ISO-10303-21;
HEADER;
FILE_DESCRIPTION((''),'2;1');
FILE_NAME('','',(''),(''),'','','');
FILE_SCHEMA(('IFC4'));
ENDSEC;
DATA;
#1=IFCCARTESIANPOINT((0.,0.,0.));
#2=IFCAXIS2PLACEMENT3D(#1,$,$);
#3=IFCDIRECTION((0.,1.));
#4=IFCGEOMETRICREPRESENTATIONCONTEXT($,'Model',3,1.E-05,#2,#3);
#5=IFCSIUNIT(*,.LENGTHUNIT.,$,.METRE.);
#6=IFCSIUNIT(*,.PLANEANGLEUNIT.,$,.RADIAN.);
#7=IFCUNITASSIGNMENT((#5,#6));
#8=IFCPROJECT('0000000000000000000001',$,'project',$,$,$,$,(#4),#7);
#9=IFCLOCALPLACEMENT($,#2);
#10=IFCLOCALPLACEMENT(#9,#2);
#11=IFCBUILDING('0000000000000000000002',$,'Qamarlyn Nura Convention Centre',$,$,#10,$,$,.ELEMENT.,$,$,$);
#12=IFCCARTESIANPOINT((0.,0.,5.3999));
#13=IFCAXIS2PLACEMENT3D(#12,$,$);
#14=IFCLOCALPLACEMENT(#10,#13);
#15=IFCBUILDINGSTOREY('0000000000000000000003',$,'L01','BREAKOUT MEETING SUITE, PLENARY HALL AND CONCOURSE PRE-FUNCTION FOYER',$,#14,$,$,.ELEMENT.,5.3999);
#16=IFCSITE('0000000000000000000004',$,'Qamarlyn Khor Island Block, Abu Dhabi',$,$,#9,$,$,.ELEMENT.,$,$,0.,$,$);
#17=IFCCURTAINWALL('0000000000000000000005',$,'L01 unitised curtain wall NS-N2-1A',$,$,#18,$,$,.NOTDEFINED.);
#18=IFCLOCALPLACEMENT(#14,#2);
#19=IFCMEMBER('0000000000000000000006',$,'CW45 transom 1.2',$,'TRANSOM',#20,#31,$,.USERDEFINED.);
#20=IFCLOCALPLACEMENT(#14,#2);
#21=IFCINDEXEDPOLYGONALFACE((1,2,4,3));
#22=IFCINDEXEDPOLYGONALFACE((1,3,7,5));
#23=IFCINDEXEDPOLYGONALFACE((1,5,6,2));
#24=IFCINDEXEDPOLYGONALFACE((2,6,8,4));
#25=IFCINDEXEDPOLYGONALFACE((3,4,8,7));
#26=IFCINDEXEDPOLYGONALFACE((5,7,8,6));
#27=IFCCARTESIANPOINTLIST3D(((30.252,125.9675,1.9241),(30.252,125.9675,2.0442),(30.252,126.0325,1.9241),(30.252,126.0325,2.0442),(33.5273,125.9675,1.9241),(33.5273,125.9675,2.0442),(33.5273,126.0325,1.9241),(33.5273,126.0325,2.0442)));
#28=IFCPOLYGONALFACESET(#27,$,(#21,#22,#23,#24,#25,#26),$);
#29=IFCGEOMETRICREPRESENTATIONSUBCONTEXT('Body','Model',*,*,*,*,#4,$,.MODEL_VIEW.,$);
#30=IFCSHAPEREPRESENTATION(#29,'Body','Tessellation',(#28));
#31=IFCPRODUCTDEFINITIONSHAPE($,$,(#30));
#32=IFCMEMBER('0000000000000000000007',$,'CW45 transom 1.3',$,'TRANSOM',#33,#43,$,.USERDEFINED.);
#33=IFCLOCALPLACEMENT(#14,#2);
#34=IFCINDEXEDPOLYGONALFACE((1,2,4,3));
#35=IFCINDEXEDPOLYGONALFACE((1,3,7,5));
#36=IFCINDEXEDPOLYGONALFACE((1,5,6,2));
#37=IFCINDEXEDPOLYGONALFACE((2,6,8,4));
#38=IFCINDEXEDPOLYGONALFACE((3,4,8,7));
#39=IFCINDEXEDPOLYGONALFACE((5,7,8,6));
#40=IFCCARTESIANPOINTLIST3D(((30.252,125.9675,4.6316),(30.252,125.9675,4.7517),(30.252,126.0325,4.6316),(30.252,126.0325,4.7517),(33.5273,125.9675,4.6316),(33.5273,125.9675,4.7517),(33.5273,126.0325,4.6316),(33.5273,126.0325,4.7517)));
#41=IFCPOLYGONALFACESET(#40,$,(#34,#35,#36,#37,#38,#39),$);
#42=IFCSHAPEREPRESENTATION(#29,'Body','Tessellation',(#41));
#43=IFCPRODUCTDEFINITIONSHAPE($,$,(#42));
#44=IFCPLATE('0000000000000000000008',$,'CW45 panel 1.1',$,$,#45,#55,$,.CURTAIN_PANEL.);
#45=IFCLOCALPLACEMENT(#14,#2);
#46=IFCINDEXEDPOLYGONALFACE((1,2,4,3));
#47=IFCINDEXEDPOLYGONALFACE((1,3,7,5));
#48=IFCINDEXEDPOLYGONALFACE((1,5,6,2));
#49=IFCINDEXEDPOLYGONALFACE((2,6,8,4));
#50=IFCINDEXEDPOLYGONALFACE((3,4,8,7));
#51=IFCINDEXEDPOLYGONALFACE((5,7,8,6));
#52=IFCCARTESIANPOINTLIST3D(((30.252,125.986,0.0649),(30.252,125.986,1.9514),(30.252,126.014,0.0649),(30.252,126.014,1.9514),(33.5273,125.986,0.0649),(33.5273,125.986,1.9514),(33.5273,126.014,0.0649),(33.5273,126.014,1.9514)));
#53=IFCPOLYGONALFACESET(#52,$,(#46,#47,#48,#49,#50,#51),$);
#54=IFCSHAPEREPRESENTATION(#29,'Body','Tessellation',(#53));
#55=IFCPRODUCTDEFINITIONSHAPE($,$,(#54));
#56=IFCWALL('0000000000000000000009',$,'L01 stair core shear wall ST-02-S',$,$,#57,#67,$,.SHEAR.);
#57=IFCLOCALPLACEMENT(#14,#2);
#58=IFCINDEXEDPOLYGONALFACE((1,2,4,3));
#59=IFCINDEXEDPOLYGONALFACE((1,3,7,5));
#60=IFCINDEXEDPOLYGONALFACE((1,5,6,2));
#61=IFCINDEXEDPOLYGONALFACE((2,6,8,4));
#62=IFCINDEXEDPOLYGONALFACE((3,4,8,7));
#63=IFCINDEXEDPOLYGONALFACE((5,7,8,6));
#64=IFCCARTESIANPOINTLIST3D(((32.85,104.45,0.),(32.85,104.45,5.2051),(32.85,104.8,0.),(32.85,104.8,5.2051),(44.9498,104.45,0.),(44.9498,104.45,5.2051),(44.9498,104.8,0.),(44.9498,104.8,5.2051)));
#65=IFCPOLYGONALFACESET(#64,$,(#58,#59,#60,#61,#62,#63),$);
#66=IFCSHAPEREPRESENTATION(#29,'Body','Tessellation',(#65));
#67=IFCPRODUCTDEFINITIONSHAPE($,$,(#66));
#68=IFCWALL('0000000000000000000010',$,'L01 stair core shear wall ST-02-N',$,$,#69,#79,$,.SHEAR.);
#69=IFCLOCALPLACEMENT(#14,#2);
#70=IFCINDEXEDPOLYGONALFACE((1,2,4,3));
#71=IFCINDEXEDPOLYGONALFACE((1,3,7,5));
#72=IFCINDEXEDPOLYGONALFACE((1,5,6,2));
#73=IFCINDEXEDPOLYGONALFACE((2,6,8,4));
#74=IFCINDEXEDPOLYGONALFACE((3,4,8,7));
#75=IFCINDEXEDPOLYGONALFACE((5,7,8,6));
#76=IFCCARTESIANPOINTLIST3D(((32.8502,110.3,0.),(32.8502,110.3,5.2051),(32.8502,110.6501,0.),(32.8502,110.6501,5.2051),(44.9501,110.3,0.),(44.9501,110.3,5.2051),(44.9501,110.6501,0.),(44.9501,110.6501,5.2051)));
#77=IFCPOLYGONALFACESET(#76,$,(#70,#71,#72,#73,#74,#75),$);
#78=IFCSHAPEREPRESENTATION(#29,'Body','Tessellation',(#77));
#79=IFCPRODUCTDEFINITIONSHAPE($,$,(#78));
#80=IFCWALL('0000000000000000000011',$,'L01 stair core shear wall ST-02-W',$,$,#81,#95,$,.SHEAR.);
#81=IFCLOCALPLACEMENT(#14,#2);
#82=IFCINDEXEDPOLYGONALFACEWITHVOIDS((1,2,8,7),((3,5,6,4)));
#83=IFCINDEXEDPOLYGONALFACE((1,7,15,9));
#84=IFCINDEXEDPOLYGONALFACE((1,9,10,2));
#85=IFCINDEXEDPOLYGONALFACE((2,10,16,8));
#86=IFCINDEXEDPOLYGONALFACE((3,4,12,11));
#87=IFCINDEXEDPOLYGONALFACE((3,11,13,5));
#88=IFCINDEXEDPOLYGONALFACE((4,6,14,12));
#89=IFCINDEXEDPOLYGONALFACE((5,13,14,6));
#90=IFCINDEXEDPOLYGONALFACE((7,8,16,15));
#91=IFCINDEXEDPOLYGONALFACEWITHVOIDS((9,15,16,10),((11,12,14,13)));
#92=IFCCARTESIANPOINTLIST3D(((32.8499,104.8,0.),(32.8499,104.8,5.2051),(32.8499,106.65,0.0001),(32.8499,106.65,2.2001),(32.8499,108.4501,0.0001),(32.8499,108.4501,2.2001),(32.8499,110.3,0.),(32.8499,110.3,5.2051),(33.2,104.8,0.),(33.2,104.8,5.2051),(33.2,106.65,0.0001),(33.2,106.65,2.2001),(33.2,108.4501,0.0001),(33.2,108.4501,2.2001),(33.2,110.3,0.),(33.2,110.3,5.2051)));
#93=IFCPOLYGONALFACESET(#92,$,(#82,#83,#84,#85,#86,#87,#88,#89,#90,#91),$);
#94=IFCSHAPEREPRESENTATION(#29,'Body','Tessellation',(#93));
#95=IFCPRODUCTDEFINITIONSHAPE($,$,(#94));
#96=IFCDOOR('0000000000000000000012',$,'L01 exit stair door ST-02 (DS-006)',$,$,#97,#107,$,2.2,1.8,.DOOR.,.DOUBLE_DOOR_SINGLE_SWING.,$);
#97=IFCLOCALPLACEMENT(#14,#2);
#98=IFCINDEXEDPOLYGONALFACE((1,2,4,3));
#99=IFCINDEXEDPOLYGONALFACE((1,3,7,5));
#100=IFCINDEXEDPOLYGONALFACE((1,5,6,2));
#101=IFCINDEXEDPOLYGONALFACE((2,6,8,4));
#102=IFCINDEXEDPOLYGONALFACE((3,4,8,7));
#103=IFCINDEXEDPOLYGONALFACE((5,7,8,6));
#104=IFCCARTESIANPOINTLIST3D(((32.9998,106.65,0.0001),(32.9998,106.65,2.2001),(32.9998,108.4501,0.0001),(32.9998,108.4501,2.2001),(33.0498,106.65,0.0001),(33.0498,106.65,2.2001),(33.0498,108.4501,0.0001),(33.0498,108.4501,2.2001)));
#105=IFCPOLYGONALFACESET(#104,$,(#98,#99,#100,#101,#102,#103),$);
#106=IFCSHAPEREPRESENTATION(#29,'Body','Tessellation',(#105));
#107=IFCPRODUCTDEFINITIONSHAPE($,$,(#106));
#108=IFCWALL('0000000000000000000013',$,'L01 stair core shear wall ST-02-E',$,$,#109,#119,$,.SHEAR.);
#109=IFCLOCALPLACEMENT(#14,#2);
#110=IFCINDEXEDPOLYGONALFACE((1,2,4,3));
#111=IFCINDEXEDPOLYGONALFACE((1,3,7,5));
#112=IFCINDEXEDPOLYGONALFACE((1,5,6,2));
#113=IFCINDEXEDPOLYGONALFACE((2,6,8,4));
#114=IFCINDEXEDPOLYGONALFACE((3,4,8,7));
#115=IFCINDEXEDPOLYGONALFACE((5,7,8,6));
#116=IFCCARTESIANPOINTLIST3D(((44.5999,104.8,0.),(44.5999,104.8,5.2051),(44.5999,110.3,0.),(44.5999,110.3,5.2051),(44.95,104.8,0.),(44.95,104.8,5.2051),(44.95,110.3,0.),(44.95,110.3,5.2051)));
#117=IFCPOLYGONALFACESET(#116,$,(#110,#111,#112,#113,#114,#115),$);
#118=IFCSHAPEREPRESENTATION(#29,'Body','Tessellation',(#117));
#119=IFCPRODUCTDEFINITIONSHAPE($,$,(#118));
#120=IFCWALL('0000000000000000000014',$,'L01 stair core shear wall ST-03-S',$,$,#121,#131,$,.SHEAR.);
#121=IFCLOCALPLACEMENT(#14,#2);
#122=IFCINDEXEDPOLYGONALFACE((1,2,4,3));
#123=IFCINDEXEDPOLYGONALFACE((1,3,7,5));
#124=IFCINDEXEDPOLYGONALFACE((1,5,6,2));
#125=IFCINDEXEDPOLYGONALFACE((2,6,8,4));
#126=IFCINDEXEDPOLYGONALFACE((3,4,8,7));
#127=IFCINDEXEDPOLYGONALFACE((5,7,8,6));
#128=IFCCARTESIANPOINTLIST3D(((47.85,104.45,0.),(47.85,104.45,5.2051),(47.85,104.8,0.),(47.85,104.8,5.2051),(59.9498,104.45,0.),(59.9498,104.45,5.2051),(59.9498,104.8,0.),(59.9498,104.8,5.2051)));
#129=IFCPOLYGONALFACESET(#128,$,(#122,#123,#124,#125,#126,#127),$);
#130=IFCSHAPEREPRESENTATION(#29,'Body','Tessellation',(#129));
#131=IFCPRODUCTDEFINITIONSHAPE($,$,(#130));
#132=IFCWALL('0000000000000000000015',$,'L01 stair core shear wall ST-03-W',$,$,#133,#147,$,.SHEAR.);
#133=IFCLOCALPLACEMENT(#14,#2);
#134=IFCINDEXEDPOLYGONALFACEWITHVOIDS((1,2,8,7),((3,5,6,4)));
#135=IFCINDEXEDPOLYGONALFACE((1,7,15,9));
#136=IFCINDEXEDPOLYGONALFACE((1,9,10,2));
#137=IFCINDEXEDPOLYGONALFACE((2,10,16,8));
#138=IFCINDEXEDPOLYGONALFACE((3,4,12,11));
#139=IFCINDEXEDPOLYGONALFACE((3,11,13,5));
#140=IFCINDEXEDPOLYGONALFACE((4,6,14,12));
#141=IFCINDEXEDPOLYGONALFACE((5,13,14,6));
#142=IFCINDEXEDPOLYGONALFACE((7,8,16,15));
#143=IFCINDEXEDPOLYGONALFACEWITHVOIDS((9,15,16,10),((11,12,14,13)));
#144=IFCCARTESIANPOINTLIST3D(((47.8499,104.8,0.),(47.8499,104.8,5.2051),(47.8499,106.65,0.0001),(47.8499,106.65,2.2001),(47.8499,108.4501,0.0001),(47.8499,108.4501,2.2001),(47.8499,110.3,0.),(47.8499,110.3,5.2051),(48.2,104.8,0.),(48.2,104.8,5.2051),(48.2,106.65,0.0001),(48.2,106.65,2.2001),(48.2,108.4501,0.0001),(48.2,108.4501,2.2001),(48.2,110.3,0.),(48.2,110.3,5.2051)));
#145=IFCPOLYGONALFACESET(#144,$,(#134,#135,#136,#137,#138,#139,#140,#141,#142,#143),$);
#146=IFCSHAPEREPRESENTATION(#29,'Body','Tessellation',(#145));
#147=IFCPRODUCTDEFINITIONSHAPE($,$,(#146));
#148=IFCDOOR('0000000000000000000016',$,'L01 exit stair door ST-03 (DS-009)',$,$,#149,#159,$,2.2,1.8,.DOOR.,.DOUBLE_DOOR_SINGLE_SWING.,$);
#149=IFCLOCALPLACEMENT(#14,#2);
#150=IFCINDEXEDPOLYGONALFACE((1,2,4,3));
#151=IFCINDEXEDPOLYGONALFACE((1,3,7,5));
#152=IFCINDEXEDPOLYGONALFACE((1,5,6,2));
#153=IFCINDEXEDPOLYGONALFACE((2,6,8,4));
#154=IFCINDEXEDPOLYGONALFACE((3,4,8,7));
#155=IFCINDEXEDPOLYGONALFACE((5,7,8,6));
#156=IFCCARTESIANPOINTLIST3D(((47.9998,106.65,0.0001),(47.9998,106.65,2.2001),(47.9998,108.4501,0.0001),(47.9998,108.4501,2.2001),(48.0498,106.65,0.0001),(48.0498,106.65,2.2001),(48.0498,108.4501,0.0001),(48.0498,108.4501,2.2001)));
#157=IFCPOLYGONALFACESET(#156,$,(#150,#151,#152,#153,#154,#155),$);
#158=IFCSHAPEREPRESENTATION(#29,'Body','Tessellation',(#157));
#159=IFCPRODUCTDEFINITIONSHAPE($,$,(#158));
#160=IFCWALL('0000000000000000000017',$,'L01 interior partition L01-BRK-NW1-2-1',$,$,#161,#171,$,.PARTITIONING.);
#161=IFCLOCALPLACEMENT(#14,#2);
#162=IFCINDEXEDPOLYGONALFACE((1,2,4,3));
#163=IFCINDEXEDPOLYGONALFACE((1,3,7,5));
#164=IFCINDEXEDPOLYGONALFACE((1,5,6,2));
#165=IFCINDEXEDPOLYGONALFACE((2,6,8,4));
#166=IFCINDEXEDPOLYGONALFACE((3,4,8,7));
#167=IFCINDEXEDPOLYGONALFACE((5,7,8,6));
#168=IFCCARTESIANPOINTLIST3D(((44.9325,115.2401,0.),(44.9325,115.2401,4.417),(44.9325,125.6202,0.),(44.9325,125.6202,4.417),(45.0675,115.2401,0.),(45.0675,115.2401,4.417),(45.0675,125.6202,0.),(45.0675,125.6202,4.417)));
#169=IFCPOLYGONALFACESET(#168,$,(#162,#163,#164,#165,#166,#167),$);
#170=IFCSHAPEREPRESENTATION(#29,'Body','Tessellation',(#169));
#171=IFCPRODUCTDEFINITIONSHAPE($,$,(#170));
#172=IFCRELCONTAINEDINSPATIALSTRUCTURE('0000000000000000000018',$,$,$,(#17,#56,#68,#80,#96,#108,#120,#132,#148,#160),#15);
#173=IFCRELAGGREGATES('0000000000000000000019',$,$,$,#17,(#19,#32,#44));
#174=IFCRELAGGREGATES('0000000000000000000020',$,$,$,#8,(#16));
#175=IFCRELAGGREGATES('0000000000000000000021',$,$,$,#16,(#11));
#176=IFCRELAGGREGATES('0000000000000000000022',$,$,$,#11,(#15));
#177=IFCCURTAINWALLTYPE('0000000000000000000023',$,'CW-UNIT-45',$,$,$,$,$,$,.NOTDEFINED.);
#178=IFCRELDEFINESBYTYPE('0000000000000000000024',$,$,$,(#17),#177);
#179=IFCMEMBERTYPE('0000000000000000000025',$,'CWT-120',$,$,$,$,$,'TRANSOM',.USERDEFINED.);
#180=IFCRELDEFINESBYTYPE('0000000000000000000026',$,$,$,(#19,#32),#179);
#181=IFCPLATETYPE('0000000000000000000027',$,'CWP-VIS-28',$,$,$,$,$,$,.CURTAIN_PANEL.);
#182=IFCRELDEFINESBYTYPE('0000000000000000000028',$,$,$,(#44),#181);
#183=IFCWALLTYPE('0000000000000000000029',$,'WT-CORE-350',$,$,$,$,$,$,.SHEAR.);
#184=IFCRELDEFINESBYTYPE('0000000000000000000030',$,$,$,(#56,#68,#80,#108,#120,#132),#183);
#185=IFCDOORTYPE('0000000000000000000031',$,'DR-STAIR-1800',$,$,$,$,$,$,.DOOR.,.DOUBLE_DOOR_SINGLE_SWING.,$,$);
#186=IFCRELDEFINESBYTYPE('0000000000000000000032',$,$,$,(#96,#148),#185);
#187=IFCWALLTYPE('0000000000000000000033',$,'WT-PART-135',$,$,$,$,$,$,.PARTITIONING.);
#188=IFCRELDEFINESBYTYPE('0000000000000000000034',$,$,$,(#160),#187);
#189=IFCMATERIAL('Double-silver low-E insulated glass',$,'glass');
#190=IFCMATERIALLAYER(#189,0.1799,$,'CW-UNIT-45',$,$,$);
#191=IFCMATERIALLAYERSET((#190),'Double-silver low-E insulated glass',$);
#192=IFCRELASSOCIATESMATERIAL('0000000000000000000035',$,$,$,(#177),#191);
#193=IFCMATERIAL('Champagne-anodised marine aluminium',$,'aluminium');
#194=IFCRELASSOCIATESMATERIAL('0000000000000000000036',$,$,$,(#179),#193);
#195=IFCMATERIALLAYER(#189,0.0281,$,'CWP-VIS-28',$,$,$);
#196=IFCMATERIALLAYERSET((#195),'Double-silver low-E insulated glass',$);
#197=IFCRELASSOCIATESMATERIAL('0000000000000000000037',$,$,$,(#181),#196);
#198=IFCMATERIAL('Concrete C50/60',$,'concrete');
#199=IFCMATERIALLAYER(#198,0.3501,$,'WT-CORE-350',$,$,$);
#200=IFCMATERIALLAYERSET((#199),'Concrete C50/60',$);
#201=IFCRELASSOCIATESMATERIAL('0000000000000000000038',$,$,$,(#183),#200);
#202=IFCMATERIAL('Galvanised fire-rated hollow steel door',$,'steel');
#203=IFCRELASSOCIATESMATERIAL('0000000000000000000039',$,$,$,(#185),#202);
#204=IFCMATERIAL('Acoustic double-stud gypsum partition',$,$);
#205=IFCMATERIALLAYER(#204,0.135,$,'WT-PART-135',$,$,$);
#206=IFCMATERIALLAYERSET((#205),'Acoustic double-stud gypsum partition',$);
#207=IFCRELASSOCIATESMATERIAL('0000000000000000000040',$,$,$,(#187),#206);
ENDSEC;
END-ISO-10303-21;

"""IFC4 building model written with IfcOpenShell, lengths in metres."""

from ifc_helpers import new_model, si_unit, direction, frame, frame_2d, origin, origin_2d, place, context, subcontext, project, spatial, rectangle, extrude, material, layer, layer_set, material_profile, profile_set, type_object, element, fill, aggregate, save


model = new_model("IFC4")

# Units and contexts
model_context = context("Model", 3, precision=1e-05, world=origin(), true_north=direction((0.0, 1.0)))
body_context = subcontext(model_context, "Body", "Model", "MODEL_VIEW")
ifc_project = project(units=[si_unit("LENGTHUNIT", "METRE"), si_unit("PLANEANGLEUNIT", "RADIAN")], contexts=[model_context])

# Site, building, storey
site_placement = place(None, origin())
site = spatial("IfcSite", under=ifc_project, at=site_placement, Name="Qamarlyn Khor Island Block, Abu Dhabi", CompositionType="ELEMENT", RefElevation=0.0)
building_placement = place(site_placement, origin())
building = spatial("IfcBuilding", under=site, at=building_placement, Name="Qamarlyn Nura Convention Centre", CompositionType="ELEMENT")
storey_placement = place(building_placement, frame((0.0, 0.0, 5.3999)))
storey = spatial("IfcBuildingStorey", under=building, at=storey_placement, Name="L01", Description="BREAKOUT MEETING SUITE, PLENARY HALL AND CONCOURSE PRE-FUNCTION FOYER", CompositionType="ELEMENT", Elevation=5.3999)

# Curtain wall, members, plate
ifc_material_1 = material(Name="Double-silver low-E insulated glass", Category="glass")
ifc_layer_1 = layer(ifc_material_1, 0.1799, Name="CW-UNIT-45")
ifc_layer_set_1 = layer_set([ifc_layer_1], Name="Double-silver low-E insulated glass")
curtain_wall_type = type_object("IfcCurtainWallType", Name="CW-UNIT-45", PredefinedType="NOTDEFINED", material=ifc_layer_set_1)
curtain_wall_placement = place(storey_placement, origin())
curtain_wall = element("IfcCurtainWall", 1, at=curtain_wall_placement, inside=storey, type_object=curtain_wall_type, Name="L01 unitised curtain wall NS-N2-1A", PredefinedType="NOTDEFINED")
ifc_material_2 = material(Name="Champagne-anodised marine aluminium", Category="aluminium")
ifc_material_profile_1 = material_profile(ifc_material_2, rectangle(XDim=0.0649, YDim=0.1201, at=origin_2d()), Name="ALU TRANSOM 65x120")
ifc_profile_set_1 = profile_set([ifc_material_profile_1], Name="Champagne-anodised marine aluminium")
member_type = type_object("IfcMemberType", Name="CWT-120", ElementType="TRANSOM", PredefinedType="USERDEFINED", material=ifc_profile_set_1)
member_1_placement = place(storey_placement, frame((30.252, 126.0, 1.9841), z_axis=(1.0, 0.0, 0.0), x_axis=(0.0, 1.0, 0.0)))
member_1 = element("IfcMember", 2, at=member_1_placement, type_object=member_type, Name="CW45 transom 1.2", ObjectType="TRANSOM", PredefinedType="USERDEFINED", context=body_context, shape_type="SweptSolid", body=[
    extrude(rectangle(XDim=0.0649, YDim=0.1201, at=origin_2d()), origin(), (0.0, 0.0, 1.0), 3.2754),
])
member_2_placement = place(storey_placement, frame((30.252, 126.0, 4.6917), z_axis=(1.0, 0.0, 0.0), x_axis=(0.0, 1.0, 0.0)))
member_2 = element("IfcMember", 3, at=member_2_placement, type_object=member_type, Name="CW45 transom 1.3", ObjectType="TRANSOM", PredefinedType="USERDEFINED", context=body_context, shape_type="SweptSolid", body=[
    extrude(rectangle(XDim=0.0649, YDim=0.1201, at=origin_2d()), origin(), (0.0, 0.0, 1.0), 3.2754),
])
ifc_layer_2 = layer(ifc_material_1, 0.0281, Name="CWP-VIS-28")
ifc_layer_set_2 = layer_set([ifc_layer_2], Name="Double-silver low-E insulated glass")
plate_type = type_object("IfcPlateType", Name="CWP-VIS-28", PredefinedType="CURTAIN_PANEL", material=ifc_layer_set_2)
plate_placement = place(storey_placement, frame((31.8896, 126.0, 0.0649), z_axis=(0.0, 0.0, 1.0), x_axis=(1.0, 0.0, 0.0)))
plate = element("IfcPlate", 4, at=plate_placement, type_object=plate_type, Name="CW45 panel 1.1", PredefinedType="CURTAIN_PANEL", context=body_context, shape_type="SweptSolid", body=[
    extrude(rectangle(XDim=3.2754, YDim=0.0281, at=origin_2d()), origin(), (0.0, 0.0, 1.0), 1.8865),
])
aggregate(curtain_wall, [member_1, member_2, plate])

# Walls
ifc_material_3 = material(Name="Concrete C50/60", Category="concrete")
ifc_layer_3 = layer(ifc_material_3, 0.3501, Name="WT-CORE-350")
ifc_layer_set_3 = layer_set([ifc_layer_3], Name="Concrete C50/60")
wall_type_1 = type_object("IfcWallType", Name="WT-CORE-350", PredefinedType="SHEAR", material=ifc_layer_set_3)
for number, where, z_axis, x_axis, name in (
    (5, (32.8501, 104.625, 0.0), (0.0, 0.0, 1.0), (1.0, 0.0, 0.0), "L01 stair core shear wall ST-02-S"),
    (6, (44.95, 110.4751, 0.0), (0.0, 0.0, 1.0), (-1.0, 0.0, 0.0), "L01 stair core shear wall ST-02-N"),
):
    element("IfcWall", number, at=place(storey_placement, frame(where, z_axis=z_axis, x_axis=x_axis)), inside=storey, type_object=wall_type_1, Name=name, PredefinedType="SHEAR", context=body_context, shape_type="SweptSolid", body=[
        extrude(rectangle(XDim=12.0999, YDim=0.3501, at=frame_2d((6.0498, 0.0))), origin(), (0.0, 0.0, 1.0), 5.2051),
    ])

# Wall, opening, door
wall_1_placement = place(storey_placement, frame((33.0249, 110.3, 0.0), z_axis=(0.0, 0.0, 1.0), x_axis=(0.0, -1.0, 0.0)))
wall_1 = element("IfcWall", 7, at=wall_1_placement, inside=storey, type_object=wall_type_1, Name="L01 stair core shear wall ST-02-W", PredefinedType="SHEAR", context=body_context, shape_type="SweptSolid", body=[
    extrude(rectangle(XDim=5.5, YDim=0.3501, at=frame_2d((2.75, 0.0))), origin(), (0.0, 0.0, 1.0), 5.2051),
])
opening_1_placement = place(wall_1_placement, frame((1.8501, 0.0, 0.0)))
opening_1 = element("IfcOpeningElement", 8, at=opening_1_placement, cuts=wall_1, PredefinedType="OPENING", context=body_context, shape_type="SweptSolid", body=[
    extrude(rectangle(XDim=1.8, YDim=2.2, at=frame_2d((0.8999, 1.1001))), frame((0.0, 0.1851, 0.0), z_axis=(0.0, -1.0, 0.0), x_axis=(1.0, 0.0, 0.0)), (0.0, 0.0, 1.0), 0.3701),
])
ifc_material_4 = material(Name="Galvanised fire-rated hollow steel door", Category="steel")
door_type_1 = type_object("IfcDoorType", Name="DR-STAIR-1800", OperationType="DOUBLE_DOOR_SINGLE_SWING", PredefinedType="DOOR", material=ifc_material_4)
door_1_placement = place(opening_1_placement, origin())
door_1 = element("IfcDoor", 9, at=door_1_placement, inside=storey, type_object=door_type_1, Name="L01 exit stair door ST-02 (DS-006)", OperationType="DOUBLE_DOOR_SINGLE_SWING", OverallHeight=2.2, OverallWidth=1.8, PredefinedType="DOOR", context=body_context, shape_type="SweptSolid", body=[
    extrude(rectangle(XDim=1.8, YDim=2.2, at=frame_2d((0.8999, 1.1001))), frame((0.0, 0.0249, 0.0), z_axis=(0.0, -1.0, 0.0), x_axis=(1.0, 0.0, 0.0)), (0.0, 0.0, 1.0), 0.05),
])
fill(opening_1, door_1)

# Walls
wall_2_placement = place(storey_placement, frame((44.7749, 104.8, 0.0), z_axis=(0.0, 0.0, 1.0), x_axis=(0.0, 1.0, 0.0)))
element("IfcWall", 10, at=wall_2_placement, inside=storey, type_object=wall_type_1, Name="L01 stair core shear wall ST-02-E", PredefinedType="SHEAR", context=body_context, shape_type="SweptSolid", body=[
    extrude(rectangle(XDim=5.5, YDim=0.3501, at=frame_2d((2.75, 0.0))), origin(), (0.0, 0.0, 1.0), 5.2051),
])
wall_3_placement = place(storey_placement, frame((47.8501, 104.625, 0.0), z_axis=(0.0, 0.0, 1.0), x_axis=(1.0, 0.0, 0.0)))
element("IfcWall", 11, at=wall_3_placement, inside=storey, type_object=wall_type_1, Name="L01 stair core shear wall ST-03-S", PredefinedType="SHEAR", context=body_context, shape_type="SweptSolid", body=[
    extrude(rectangle(XDim=12.0999, YDim=0.3501, at=frame_2d((6.0498, 0.0))), origin(), (0.0, 0.0, 1.0), 5.2051),
])

# Wall, opening, door
wall_4_placement = place(storey_placement, frame((48.0249, 110.3, 0.0), z_axis=(0.0, 0.0, 1.0), x_axis=(0.0, -1.0, 0.0)))
wall_4 = element("IfcWall", 12, at=wall_4_placement, inside=storey, type_object=wall_type_1, Name="L01 stair core shear wall ST-03-W", PredefinedType="SHEAR", context=body_context, shape_type="SweptSolid", body=[
    extrude(rectangle(XDim=5.5, YDim=0.3501, at=frame_2d((2.75, 0.0))), origin(), (0.0, 0.0, 1.0), 5.2051),
])
opening_2_placement = place(wall_4_placement, frame((1.8501, 0.0, 0.0)))
opening_2 = element("IfcOpeningElement", 13, at=opening_2_placement, cuts=wall_4, PredefinedType="OPENING", context=body_context, shape_type="SweptSolid", body=[
    extrude(rectangle(XDim=1.8, YDim=2.2, at=frame_2d((0.8999, 1.1001))), frame((0.0, 0.1851, 0.0), z_axis=(0.0, -1.0, 0.0), x_axis=(1.0, 0.0, 0.0)), (0.0, 0.0, 1.0), 0.3701),
])
door_2_placement = place(opening_2_placement, origin())
door_2 = element("IfcDoor", 14, at=door_2_placement, inside=storey, type_object=door_type_1, Name="L01 exit stair door ST-03 (DS-009)", OperationType="DOUBLE_DOOR_SINGLE_SWING", OverallHeight=2.2, OverallWidth=1.8, PredefinedType="DOOR", context=body_context, shape_type="SweptSolid", body=[
    extrude(rectangle(XDim=1.8, YDim=2.2, at=frame_2d((0.8999, 1.1001))), frame((0.0, 0.0249, 0.0), z_axis=(0.0, -1.0, 0.0), x_axis=(1.0, 0.0, 0.0)), (0.0, 0.0, 1.0), 0.05),
])
fill(opening_2, door_2)

# Wall
ifc_material_5 = material(Name="Acoustic double-stud gypsum partition")
ifc_layer_4 = layer(ifc_material_5, 0.135, Name="WT-PART-135")
ifc_layer_set_4 = layer_set([ifc_layer_4], Name="Acoustic double-stud gypsum partition")
wall_type_2 = type_object("IfcWallType", Name="WT-PART-135", PredefinedType="PARTITIONING", material=ifc_layer_set_4)
wall_5_placement = place(storey_placement, frame((45.0, 125.6201, 0.0), z_axis=(0.0, 0.0, 1.0), x_axis=(0.0, -1.0, 0.0)))
element("IfcWall", 15, at=wall_5_placement, inside=storey, type_object=wall_type_2, Name="L01 interior partition L01-BRK-NW1-2-1", PredefinedType="PARTITIONING", context=body_context, shape_type="SweptSolid", body=[
    extrude(rectangle(XDim=10.3801, YDim=0.135, at=frame_2d((5.1899, 0.0))), origin(), (0.0, 0.0, 1.0), 4.417),
])

save(model, "model.ifc")
